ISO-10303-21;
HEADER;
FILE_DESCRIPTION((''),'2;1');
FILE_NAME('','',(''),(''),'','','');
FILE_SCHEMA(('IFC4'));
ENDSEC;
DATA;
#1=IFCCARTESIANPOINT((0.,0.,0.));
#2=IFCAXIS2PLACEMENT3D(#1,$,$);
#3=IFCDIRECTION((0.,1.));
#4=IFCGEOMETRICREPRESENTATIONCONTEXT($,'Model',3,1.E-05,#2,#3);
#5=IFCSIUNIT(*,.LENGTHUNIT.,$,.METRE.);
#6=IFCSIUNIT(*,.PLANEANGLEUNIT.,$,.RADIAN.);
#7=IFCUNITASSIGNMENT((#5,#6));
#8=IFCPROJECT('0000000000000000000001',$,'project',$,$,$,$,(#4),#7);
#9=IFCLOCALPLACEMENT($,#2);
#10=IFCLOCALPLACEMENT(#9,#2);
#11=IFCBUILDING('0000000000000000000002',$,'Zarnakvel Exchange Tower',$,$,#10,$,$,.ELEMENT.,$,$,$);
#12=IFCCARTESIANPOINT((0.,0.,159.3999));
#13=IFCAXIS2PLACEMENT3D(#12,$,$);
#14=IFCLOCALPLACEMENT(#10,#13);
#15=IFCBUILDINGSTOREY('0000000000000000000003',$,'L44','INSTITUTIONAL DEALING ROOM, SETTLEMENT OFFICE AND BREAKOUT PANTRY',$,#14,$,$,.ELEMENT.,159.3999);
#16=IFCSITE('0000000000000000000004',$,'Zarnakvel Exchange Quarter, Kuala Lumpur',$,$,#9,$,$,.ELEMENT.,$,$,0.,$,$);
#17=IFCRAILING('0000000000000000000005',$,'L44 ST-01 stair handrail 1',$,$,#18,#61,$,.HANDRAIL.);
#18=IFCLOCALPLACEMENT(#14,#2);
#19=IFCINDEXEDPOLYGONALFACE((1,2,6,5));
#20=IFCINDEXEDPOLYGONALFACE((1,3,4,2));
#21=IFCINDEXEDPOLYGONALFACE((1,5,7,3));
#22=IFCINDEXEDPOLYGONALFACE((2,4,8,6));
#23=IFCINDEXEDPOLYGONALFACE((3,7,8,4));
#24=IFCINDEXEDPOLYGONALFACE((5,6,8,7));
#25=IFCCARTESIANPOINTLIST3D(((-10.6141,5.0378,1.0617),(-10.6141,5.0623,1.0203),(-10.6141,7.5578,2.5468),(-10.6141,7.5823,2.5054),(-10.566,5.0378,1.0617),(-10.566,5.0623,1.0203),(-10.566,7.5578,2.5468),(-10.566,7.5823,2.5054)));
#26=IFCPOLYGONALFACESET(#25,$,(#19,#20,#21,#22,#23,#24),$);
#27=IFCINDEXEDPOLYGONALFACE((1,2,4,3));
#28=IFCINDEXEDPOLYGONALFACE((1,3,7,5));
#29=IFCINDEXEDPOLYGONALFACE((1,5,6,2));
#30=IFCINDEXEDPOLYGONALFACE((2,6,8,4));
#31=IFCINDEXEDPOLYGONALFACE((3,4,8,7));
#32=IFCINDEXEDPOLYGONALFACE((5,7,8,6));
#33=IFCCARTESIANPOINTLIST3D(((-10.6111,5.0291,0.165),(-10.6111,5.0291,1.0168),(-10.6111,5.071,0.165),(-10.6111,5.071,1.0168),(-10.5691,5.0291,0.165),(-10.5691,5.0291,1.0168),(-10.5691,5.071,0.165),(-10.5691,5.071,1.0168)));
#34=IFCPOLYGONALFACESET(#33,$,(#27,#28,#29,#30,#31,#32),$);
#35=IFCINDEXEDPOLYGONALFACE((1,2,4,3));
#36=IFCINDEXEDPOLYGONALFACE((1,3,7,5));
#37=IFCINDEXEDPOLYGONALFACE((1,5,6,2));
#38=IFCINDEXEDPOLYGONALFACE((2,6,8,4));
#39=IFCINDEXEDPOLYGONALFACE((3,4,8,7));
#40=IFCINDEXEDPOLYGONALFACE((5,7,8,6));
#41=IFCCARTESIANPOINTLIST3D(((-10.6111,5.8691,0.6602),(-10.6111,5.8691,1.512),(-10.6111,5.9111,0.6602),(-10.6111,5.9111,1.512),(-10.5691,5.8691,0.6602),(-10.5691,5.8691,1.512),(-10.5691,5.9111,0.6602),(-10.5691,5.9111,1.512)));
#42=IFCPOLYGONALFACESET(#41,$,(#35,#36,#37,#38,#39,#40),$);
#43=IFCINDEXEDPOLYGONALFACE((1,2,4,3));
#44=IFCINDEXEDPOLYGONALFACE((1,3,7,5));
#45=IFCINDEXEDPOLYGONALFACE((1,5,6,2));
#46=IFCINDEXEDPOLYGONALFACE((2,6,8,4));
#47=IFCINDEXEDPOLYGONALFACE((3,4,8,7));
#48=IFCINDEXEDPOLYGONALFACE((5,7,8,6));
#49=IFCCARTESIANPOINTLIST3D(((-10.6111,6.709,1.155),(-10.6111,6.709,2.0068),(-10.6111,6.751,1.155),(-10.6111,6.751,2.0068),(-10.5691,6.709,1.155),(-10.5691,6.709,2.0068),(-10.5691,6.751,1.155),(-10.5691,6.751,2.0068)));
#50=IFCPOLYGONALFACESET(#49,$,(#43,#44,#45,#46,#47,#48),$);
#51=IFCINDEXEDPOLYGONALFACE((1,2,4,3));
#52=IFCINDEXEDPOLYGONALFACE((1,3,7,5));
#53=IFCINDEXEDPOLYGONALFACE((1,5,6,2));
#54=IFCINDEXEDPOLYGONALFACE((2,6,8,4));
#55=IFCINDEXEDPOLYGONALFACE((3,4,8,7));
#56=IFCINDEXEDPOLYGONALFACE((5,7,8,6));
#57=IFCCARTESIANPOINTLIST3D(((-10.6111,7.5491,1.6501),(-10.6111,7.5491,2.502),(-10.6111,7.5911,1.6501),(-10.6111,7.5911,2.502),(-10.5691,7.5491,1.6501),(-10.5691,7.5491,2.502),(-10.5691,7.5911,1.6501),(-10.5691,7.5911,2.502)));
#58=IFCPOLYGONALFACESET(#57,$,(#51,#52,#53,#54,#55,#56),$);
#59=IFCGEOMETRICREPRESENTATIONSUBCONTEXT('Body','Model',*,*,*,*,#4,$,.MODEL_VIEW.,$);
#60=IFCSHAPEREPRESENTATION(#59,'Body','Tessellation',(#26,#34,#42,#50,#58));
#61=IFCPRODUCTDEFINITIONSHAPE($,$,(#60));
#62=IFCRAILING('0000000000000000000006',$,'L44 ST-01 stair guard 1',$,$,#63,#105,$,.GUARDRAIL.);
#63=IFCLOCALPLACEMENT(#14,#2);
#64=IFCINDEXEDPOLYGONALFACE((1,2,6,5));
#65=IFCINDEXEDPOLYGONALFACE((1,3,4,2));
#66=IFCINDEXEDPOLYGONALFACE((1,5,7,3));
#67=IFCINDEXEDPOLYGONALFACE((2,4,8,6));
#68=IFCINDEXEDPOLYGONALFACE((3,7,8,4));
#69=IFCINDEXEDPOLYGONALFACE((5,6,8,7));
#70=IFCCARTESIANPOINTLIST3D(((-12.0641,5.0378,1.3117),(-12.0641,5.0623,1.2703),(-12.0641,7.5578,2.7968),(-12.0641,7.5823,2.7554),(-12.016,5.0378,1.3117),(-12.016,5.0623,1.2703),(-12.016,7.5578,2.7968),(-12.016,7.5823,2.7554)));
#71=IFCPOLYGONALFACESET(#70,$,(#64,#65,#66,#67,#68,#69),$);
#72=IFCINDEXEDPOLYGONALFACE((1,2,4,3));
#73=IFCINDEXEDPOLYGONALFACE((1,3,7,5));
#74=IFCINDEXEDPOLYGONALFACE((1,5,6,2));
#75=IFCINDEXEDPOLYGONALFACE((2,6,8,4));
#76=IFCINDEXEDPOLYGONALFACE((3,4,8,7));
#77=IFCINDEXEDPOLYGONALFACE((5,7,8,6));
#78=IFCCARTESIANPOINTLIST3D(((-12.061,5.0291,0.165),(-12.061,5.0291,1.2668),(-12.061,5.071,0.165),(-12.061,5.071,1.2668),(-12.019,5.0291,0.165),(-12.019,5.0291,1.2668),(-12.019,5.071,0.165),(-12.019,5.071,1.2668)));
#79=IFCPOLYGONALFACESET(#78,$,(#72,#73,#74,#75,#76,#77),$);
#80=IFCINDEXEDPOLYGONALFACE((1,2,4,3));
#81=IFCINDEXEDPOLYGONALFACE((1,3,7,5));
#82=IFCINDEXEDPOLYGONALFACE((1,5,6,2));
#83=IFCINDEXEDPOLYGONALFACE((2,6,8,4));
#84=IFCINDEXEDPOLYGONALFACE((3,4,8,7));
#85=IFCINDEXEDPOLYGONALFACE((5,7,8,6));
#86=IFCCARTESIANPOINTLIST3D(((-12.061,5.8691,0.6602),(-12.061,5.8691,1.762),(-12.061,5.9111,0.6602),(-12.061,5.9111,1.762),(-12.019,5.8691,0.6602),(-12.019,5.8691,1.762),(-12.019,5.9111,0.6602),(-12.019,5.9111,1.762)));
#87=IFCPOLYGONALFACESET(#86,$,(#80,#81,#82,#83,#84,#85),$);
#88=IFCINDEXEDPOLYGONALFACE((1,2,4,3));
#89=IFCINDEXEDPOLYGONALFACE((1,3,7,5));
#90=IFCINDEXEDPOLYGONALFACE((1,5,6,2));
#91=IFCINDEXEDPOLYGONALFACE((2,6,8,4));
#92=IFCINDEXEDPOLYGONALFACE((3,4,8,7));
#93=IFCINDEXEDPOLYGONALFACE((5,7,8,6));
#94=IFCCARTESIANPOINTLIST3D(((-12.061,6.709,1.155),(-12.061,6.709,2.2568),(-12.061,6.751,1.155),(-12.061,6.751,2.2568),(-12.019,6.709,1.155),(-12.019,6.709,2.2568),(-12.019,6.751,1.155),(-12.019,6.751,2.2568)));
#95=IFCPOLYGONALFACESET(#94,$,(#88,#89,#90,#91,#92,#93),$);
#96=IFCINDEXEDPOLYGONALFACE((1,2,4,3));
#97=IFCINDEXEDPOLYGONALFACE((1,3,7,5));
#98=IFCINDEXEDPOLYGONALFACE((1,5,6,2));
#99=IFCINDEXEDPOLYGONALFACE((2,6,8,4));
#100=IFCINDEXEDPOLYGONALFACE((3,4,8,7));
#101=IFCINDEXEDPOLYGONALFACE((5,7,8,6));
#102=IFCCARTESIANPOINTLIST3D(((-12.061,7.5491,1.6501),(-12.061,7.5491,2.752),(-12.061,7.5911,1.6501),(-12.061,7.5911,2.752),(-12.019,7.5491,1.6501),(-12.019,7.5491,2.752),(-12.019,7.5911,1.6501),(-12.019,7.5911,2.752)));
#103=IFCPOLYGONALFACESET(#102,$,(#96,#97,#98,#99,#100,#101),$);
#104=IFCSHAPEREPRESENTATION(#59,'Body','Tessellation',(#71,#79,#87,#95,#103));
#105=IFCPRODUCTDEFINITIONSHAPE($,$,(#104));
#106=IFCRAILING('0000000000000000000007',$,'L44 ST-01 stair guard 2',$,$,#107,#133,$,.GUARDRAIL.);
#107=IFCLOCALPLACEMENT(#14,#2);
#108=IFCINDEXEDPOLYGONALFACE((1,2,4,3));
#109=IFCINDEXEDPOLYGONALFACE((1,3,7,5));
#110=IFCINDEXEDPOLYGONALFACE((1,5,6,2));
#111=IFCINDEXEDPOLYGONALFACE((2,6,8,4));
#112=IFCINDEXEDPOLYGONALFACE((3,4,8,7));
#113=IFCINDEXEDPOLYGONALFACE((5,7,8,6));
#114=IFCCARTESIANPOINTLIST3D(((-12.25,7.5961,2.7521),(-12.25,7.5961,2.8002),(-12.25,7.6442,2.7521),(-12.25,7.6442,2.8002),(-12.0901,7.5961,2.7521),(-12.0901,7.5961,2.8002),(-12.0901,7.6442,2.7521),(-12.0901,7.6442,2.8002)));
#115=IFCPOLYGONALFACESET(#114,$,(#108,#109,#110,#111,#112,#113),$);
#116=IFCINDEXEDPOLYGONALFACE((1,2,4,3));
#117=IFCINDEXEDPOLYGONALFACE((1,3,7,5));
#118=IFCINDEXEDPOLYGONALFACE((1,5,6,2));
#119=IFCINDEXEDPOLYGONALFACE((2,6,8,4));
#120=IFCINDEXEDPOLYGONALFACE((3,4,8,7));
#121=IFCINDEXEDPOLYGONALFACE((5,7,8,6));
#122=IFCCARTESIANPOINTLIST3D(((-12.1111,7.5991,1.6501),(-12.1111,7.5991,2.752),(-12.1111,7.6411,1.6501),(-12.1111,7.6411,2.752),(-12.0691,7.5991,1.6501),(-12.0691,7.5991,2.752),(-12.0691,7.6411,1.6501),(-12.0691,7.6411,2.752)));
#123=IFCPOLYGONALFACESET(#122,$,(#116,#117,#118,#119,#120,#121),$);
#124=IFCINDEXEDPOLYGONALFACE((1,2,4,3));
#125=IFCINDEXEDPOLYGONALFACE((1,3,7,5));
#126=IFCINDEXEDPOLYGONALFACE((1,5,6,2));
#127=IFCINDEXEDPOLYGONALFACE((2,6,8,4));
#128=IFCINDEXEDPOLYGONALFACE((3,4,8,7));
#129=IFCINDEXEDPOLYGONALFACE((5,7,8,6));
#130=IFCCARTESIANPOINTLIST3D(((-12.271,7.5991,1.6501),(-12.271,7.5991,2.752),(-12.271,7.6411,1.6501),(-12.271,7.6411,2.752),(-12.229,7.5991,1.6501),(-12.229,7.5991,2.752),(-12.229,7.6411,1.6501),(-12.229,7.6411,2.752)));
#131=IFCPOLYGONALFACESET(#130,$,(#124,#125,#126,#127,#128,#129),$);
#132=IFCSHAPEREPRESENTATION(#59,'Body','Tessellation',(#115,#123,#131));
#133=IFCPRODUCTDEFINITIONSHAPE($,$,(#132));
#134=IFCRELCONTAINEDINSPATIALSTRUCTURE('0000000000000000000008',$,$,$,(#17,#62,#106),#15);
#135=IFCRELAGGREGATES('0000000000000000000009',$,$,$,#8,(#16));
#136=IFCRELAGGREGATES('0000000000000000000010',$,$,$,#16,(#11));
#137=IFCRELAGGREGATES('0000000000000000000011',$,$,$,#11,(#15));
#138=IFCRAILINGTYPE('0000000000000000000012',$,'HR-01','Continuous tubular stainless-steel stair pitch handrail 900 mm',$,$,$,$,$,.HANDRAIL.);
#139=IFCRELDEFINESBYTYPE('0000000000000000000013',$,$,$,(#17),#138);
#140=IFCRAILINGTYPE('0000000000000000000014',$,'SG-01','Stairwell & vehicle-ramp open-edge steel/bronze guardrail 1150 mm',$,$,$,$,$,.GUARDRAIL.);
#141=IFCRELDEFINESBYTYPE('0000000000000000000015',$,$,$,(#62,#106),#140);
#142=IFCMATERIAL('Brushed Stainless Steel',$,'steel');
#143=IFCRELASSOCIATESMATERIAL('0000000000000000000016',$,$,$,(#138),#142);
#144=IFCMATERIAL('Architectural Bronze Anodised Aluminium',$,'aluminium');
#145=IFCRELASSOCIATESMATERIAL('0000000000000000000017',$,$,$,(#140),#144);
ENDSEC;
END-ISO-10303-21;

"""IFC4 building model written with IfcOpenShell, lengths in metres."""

from ifc_helpers import new_model, si_unit, direction, frame, origin, origin_2d, place, context, subcontext, project, spatial, rectangle, extrude, material, type_object, element, save


model = new_model("IFC4")

# Units and contexts
model_context = context("Model", 3, precision=1e-05, world=origin(), true_north=direction((0.0, 1.0)))
body_context = subcontext(model_context, "Body", "Model", "MODEL_VIEW")
ifc_project = project(units=[si_unit("LENGTHUNIT", "METRE"), si_unit("PLANEANGLEUNIT", "RADIAN")], contexts=[model_context])

# Site, building, storey
site_placement = place(None, origin())
site = spatial("IfcSite", under=ifc_project, at=site_placement, Name="Zarnakvel Exchange Quarter, Kuala Lumpur", CompositionType="ELEMENT", RefElevation=0.0)
building_placement = place(site_placement, origin())
building = spatial("IfcBuilding", under=site, at=building_placement, Name="Zarnakvel Exchange Tower", CompositionType="ELEMENT")
storey_placement = place(building_placement, frame((0.0, 0.0, 159.3999)))
storey = spatial("IfcBuildingStorey", under=building, at=storey_placement, Name="L44", Description="INSTITUTIONAL DEALING ROOM, SETTLEMENT OFFICE AND BREAKOUT PANTRY", CompositionType="ELEMENT", Elevation=159.3999)

# Shared definitions
ifc_material_1 = material(Name="Architectural Bronze Anodised Aluminium", Category="aluminium")

# Railings
ifc_material_2 = material(Name="Brushed Stainless Steel", Category="steel")
railing_type_1 = type_object("IfcRailingType", Name="HR-01", Description="Continuous tubular stainless-steel stair pitch handrail 900 mm", PredefinedType="HANDRAIL", material=ifc_material_2)
railing_1_placement = place(storey_placement, frame((-10.5901, 5.05, 0.165)))
element("IfcRailing", 1, at=railing_1_placement, inside=storey, type_object=railing_type_1, Name="L44 ST-01 stair handrail 1", PredefinedType="HANDRAIL", context=body_context, shape_type="SweptSolid", body=[
    extrude(rectangle(XDim=0.0481, YDim=0.0481, at=origin_2d()), frame((0.0, 0.0, 0.876), z_axis=(0.0, 0.861524, 0.507717), x_axis=(-1.0, 0.0, 0.0)), (0.0, 0.0, 1.0), 2.925),
    extrude(rectangle(XDim=0.042, YDim=0.042, at=origin_2d()), origin(), (0.0, 0.0, 1.0), 0.8518),
    extrude(rectangle(XDim=0.042, YDim=0.042, at=origin_2d()), frame((0.0, 0.8401, 0.4951)), (0.0, 0.0, 1.0), 0.8518),
    extrude(rectangle(XDim=0.042, YDim=0.042, at=origin_2d()), frame((0.0, 1.6799, 0.99)), (0.0, 0.0, 1.0), 0.8518),
    extrude(rectangle(XDim=0.042, YDim=0.042, at=origin_2d()), frame((0.0, 2.52, 1.4851)), (0.0, 0.0, 1.0), 0.8518),
])
railing_type_2 = type_object("IfcRailingType", Name="SG-01", Description="Stairwell & vehicle-ramp open-edge steel/bronze guardrail 1150 mm", PredefinedType="GUARDRAIL", material=ifc_material_1)
railing_2_placement = place(storey_placement, frame((-12.04, 5.05, 0.165)))
element("IfcRailing", 2, at=railing_2_placement, inside=storey, type_object=railing_type_2, Name="L44 ST-01 stair guard 1", PredefinedType="GUARDRAIL", context=body_context, shape_type="SweptSolid", body=[
    extrude(rectangle(XDim=0.0481, YDim=0.0481, at=origin_2d()), frame((0.0, 0.0, 1.126), z_axis=(0.0, 0.861524, 0.507717), x_axis=(-1.0, 0.0, 0.0)), (0.0, 0.0, 1.0), 2.925),
    extrude(rectangle(XDim=0.042, YDim=0.042, at=origin_2d()), origin(), (0.0, 0.0, 1.0), 1.1018),
    extrude(rectangle(XDim=0.042, YDim=0.042, at=origin_2d()), frame((0.0, 0.8401, 0.4951)), (0.0, 0.0, 1.0), 1.1018),
    extrude(rectangle(XDim=0.042, YDim=0.042, at=origin_2d()), frame((0.0, 1.6799, 0.99)), (0.0, 0.0, 1.0), 1.1018),
    extrude(rectangle(XDim=0.042, YDim=0.042, at=origin_2d()), frame((0.0, 2.52, 1.4851)), (0.0, 0.0, 1.0), 1.1018),
])
railing_3_placement = place(storey_placement, frame((-12.0901, 7.6201, 1.6501)))
element("IfcRailing", 3, at=railing_3_placement, inside=storey, type_object=railing_type_2, Name="L44 ST-01 stair guard 2", PredefinedType="GUARDRAIL", context=body_context, shape_type="SweptSolid", body=[
    extrude(rectangle(XDim=0.0481, YDim=0.0481, at=origin_2d()), frame((0.0, 0.0, 1.126), z_axis=(-1.0, 0.0, 0.0), x_axis=(0.0, -1.0, 0.0)), (0.0, 0.0, 1.0), 0.1599),
    extrude(rectangle(XDim=0.042, YDim=0.042, at=origin_2d()), origin(), (0.0, 0.0, 1.0), 1.1018),
    extrude(rectangle(XDim=0.042, YDim=0.042, at=origin_2d()), frame((-0.1599, 0.0, 0.0)), (0.0, 0.0, 1.0), 1.1018),
])

save(model, "model.ifc")
